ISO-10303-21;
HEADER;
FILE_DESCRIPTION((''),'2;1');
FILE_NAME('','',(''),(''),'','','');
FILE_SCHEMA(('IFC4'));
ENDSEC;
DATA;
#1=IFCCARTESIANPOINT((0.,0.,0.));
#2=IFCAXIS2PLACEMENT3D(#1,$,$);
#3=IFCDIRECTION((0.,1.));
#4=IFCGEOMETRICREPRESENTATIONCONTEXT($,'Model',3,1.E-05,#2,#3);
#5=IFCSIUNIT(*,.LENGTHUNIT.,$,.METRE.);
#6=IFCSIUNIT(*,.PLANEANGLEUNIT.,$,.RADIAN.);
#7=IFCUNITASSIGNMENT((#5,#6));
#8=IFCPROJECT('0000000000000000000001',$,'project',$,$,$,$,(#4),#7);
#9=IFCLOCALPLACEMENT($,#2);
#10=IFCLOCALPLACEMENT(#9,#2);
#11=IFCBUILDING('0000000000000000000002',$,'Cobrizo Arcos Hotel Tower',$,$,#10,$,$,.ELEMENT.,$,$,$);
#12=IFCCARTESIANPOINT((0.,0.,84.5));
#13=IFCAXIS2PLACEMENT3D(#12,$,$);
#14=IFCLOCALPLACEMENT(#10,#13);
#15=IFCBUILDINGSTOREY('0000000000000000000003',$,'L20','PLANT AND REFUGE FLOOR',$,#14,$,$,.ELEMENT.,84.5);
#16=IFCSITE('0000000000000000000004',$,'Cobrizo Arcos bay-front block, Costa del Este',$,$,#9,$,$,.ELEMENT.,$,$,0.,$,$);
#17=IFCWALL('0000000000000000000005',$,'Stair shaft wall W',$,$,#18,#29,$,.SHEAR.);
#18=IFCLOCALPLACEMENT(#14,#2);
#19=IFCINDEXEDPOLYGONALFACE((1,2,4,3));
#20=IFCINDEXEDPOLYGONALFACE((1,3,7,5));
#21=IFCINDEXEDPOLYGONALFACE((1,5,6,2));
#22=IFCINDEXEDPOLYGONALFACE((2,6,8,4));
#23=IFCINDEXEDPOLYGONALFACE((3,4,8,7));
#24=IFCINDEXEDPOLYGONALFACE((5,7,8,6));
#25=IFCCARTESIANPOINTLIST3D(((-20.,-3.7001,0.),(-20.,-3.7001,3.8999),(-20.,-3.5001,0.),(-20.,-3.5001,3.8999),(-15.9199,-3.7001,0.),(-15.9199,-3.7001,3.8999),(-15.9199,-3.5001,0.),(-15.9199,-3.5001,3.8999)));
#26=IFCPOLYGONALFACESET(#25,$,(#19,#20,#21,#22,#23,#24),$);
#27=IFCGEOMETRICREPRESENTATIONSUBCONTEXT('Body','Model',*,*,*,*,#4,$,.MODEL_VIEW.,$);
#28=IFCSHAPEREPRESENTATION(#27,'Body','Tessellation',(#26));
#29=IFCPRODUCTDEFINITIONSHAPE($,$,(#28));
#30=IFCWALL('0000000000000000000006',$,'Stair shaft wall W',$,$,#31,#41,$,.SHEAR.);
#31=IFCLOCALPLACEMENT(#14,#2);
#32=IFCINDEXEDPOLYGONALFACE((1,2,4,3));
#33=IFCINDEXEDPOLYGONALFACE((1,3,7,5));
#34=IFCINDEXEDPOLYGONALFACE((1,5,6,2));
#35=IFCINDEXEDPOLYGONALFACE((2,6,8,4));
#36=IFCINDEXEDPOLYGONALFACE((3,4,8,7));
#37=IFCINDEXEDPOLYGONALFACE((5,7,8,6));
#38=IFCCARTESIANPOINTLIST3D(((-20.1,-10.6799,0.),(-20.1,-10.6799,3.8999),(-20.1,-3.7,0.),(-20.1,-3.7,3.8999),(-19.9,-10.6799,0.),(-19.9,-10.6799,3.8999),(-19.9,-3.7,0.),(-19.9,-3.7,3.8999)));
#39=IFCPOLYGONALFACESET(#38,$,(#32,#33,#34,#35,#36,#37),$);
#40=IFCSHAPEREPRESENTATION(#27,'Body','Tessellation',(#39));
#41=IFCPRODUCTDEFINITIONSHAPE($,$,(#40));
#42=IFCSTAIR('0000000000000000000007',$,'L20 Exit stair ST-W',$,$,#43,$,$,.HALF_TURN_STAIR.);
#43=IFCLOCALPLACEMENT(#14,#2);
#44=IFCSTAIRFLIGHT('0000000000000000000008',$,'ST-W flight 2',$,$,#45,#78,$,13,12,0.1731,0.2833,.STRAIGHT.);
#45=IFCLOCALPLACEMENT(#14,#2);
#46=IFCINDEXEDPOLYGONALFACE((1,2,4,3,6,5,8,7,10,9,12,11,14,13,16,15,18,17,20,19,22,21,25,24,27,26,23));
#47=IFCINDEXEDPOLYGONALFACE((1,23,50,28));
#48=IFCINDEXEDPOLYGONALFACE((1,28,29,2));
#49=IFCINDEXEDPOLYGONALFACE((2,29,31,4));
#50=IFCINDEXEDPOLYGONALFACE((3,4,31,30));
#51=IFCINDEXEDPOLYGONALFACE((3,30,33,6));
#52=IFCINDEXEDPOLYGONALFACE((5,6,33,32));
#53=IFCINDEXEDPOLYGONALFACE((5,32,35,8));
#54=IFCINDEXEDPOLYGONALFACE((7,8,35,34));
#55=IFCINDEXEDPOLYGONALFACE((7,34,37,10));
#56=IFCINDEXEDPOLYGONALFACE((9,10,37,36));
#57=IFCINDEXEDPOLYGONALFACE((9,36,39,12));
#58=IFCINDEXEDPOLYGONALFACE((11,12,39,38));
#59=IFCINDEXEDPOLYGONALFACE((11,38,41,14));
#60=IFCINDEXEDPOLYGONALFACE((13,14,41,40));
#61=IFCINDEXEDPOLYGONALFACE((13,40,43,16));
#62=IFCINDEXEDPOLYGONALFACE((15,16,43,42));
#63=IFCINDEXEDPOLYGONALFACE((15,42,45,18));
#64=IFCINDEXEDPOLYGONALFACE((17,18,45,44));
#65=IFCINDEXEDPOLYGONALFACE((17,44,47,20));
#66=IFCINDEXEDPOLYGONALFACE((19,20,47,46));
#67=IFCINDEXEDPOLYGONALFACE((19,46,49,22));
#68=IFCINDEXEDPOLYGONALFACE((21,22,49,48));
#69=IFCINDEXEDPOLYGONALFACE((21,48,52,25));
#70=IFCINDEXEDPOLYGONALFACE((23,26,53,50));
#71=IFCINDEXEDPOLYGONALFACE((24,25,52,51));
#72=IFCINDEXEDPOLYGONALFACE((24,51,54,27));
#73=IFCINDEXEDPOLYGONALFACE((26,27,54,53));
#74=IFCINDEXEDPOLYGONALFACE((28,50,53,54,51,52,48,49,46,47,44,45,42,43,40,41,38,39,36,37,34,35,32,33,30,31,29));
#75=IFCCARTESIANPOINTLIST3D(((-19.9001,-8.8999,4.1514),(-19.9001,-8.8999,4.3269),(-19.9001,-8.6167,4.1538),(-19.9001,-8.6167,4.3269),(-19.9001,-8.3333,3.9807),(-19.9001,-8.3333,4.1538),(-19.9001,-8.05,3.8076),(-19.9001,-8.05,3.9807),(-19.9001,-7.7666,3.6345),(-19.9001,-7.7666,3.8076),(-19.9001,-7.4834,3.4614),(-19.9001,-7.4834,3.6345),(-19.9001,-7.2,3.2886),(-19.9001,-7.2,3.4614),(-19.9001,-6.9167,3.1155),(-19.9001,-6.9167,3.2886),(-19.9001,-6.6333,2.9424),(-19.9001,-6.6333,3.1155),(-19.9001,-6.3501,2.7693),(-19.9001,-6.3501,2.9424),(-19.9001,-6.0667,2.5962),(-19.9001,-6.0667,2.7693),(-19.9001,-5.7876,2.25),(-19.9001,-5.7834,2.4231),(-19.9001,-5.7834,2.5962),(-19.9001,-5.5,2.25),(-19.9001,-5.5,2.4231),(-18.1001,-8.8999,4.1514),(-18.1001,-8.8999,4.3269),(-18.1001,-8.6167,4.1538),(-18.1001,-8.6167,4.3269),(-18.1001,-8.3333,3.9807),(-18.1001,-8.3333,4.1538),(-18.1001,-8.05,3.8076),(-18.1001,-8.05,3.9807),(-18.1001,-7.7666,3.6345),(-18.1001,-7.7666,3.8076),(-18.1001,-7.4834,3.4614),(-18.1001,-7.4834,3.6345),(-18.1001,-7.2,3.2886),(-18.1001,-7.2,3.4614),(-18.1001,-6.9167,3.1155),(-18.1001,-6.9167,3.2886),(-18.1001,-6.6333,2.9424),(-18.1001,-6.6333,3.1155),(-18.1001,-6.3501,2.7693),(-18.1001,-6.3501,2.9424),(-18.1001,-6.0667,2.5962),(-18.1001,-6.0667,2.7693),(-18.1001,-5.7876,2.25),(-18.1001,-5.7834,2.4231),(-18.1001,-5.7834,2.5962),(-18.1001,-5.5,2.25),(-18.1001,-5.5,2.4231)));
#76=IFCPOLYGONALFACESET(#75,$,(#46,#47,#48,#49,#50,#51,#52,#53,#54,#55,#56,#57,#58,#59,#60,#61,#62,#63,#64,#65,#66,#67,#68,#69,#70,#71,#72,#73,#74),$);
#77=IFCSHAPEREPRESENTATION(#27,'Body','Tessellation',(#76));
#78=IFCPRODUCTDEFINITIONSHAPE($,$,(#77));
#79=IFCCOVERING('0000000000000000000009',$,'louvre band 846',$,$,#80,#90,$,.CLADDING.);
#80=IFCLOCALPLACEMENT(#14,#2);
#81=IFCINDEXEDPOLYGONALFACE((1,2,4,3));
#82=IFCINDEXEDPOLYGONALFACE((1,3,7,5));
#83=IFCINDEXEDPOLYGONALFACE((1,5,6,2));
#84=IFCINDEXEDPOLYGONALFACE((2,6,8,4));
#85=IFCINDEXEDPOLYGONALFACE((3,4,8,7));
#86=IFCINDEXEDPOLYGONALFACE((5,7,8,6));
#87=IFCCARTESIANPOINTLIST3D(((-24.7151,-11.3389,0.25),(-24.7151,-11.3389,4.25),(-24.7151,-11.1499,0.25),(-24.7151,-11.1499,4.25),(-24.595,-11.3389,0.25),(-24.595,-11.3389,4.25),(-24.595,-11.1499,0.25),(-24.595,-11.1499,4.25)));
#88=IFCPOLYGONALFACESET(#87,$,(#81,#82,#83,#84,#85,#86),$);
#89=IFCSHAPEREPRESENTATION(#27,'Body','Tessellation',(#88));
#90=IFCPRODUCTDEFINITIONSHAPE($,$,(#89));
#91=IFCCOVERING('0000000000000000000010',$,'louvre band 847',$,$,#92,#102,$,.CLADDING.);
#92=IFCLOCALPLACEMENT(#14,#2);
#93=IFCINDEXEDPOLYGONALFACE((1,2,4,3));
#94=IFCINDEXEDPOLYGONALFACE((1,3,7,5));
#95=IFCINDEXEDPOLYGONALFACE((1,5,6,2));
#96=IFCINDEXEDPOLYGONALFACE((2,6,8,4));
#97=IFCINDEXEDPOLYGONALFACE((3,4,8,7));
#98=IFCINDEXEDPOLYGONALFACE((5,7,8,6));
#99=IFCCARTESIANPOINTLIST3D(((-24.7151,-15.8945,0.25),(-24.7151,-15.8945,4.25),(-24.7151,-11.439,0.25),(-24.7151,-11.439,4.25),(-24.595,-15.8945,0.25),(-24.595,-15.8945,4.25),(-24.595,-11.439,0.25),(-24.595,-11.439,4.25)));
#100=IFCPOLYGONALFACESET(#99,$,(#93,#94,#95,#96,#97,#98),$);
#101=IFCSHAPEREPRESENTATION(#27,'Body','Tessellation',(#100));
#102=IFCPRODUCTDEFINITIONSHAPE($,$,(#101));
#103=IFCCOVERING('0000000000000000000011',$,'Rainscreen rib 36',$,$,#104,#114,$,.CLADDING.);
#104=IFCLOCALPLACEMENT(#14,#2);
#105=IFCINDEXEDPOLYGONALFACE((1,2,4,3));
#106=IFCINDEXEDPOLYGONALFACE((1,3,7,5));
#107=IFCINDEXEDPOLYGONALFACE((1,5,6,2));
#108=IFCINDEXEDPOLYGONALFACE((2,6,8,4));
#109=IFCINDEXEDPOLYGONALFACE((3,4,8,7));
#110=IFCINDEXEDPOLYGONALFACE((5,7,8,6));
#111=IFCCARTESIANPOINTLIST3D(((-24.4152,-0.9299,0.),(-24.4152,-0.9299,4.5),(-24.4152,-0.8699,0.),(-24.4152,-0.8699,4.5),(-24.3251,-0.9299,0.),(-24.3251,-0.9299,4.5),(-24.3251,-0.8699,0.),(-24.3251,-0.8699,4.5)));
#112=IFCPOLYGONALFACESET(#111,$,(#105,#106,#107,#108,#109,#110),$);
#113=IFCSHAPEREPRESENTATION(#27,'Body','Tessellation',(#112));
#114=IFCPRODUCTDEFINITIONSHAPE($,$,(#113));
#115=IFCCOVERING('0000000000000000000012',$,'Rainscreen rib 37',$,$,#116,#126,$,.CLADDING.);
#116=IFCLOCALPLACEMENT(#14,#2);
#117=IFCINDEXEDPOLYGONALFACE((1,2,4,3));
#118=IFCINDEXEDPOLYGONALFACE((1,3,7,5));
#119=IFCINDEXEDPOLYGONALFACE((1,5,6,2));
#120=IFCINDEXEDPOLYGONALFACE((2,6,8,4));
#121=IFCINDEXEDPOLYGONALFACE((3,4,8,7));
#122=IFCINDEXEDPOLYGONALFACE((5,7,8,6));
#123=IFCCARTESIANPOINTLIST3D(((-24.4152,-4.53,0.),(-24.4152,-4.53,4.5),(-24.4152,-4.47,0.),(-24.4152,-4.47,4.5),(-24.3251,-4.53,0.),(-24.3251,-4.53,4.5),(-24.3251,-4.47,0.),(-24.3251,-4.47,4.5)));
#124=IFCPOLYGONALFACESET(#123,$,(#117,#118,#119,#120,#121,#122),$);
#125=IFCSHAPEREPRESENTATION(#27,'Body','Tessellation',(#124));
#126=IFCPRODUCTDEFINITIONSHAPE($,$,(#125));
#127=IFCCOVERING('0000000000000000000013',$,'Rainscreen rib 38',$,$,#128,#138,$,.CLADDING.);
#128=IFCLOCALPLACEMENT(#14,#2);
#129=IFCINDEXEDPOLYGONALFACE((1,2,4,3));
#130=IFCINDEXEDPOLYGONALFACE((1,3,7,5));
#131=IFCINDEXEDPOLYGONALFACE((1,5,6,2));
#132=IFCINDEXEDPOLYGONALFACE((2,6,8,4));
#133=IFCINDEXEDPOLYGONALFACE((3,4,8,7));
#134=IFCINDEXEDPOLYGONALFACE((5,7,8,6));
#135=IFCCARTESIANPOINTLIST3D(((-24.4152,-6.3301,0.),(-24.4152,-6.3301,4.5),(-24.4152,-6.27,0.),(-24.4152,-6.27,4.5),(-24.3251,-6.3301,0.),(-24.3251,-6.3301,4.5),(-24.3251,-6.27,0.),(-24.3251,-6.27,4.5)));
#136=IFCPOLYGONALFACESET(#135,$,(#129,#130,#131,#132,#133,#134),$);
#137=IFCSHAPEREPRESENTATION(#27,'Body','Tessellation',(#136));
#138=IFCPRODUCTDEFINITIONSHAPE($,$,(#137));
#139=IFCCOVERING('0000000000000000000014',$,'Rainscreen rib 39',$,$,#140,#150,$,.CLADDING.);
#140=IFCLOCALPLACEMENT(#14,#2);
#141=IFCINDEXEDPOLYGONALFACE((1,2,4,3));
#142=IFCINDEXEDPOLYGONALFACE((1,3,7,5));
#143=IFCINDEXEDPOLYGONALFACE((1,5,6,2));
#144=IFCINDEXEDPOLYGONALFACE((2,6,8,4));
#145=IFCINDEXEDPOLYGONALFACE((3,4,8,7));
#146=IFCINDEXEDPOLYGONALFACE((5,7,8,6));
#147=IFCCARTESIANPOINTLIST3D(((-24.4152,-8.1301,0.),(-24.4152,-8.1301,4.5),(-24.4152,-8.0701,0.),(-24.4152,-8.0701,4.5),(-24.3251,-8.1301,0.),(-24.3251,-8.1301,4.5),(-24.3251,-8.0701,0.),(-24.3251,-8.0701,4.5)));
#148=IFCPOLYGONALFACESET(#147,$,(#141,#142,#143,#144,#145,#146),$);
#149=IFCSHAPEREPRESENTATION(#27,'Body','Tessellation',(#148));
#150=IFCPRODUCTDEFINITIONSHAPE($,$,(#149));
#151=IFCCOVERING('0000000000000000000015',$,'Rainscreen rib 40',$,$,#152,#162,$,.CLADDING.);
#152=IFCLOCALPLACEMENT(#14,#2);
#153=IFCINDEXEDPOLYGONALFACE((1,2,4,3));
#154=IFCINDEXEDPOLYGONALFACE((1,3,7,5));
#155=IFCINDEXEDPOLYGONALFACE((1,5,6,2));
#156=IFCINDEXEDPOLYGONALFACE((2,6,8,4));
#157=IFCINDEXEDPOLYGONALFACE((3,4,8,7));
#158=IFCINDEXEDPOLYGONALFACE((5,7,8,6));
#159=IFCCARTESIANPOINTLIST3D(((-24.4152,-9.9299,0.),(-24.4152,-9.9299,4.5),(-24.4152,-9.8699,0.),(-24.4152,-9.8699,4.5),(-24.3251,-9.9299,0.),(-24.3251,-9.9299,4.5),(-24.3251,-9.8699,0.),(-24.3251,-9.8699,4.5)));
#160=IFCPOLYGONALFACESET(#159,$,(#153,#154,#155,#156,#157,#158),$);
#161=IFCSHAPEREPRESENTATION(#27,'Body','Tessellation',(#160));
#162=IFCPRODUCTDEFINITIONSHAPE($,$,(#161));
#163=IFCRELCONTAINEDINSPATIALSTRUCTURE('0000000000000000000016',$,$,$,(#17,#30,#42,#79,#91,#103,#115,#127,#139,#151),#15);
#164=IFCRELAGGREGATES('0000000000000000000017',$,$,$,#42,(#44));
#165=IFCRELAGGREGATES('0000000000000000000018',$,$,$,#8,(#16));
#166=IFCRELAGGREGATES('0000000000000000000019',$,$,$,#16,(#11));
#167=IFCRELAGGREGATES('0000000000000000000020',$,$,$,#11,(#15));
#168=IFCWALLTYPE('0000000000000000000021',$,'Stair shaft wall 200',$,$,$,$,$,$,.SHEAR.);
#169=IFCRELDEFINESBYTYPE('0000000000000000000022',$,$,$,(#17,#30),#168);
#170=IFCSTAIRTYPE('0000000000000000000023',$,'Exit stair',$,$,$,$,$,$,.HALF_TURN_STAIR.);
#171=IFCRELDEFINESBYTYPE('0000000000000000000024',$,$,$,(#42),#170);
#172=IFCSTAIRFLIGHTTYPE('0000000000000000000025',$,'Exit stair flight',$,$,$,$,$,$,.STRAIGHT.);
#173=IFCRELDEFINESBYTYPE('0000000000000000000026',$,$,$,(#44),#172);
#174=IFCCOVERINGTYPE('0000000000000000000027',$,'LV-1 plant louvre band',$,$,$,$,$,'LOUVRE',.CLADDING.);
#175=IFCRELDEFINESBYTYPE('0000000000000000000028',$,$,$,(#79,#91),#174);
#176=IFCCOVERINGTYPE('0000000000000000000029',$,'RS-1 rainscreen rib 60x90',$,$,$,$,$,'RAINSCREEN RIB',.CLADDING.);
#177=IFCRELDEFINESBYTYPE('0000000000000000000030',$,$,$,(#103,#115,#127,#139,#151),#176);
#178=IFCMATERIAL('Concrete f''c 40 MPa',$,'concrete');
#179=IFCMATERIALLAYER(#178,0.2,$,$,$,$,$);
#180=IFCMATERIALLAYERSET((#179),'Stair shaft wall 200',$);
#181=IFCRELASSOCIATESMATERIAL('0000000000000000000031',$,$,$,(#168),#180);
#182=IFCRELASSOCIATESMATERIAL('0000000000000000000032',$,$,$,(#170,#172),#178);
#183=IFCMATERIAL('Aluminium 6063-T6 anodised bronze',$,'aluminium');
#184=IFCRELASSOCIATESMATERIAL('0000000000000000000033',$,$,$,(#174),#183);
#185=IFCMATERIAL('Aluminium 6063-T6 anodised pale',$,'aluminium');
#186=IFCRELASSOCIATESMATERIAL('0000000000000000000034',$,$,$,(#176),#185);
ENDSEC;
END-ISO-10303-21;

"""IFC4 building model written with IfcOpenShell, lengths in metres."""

from ifc_helpers import new_model, si_unit, direction, frame, frame_2d, origin, origin_2d, place, context, subcontext, project, spatial, polyline, rectangle, outline, extrude, material, layer, layer_set, type_object, element, aggregate, save


model = new_model("IFC4")

# Units and contexts
model_context = context("Model", 3, precision=1e-05, world=origin(), true_north=direction((0.0, 1.0)))
body_context = subcontext(model_context, "Body", "Model", "MODEL_VIEW")
ifc_project = project(units=[si_unit("LENGTHUNIT", "METRE"), si_unit("PLANEANGLEUNIT", "RADIAN")], contexts=[model_context])

# Site, building, storey
site_placement = place(None, origin())
site = spatial("IfcSite", under=ifc_project, at=site_placement, Name="Cobrizo Arcos bay-front block, Costa del Este", CompositionType="ELEMENT", RefElevation=0.0)
building_placement = place(site_placement, origin())
building = spatial("IfcBuilding", under=site, at=building_placement, Name="Cobrizo Arcos Hotel Tower", CompositionType="ELEMENT")
storey_placement = place(building_placement, frame((0.0, 0.0, 84.5)))
storey = spatial("IfcBuildingStorey", under=building, at=storey_placement, Name="L20", Description="PLANT AND REFUGE FLOOR", CompositionType="ELEMENT", Elevation=84.5)

# Shared definitions
ifc_material_1 = material(Name="Aluminium 6063-T6 anodised bronze", Category="aluminium")

# Walls
ifc_material_2 = material(Name="Concrete f'c 40 MPa", Category="concrete")
ifc_layer_1 = layer(ifc_material_2, 0.2)
ifc_layer_set_1 = layer_set([ifc_layer_1], Name="Stair shaft wall 200")
wall_type_1 = type_object("IfcWallType", Name="Stair shaft wall 200", PredefinedType="SHEAR", material=ifc_layer_set_1)
wall_1_placement = place(storey_placement, frame((-20.0, -3.6001, 0.0), z_axis=(0.0, 0.0, 1.0), x_axis=(1.0, 0.0, 0.0)))
element("IfcWall", 1, at=wall_1_placement, inside=storey, type_object=wall_type_1, Name="Stair shaft wall W", PredefinedType="SHEAR", context=body_context, shape_type="SweptSolid", body=[
    extrude(rectangle(XDim=4.0801, YDim=0.2, at=frame_2d((2.04, 0.0))), origin(), (0.0, 0.0, 1.0), 3.8999),
])
wall_2_placement = place(storey_placement, frame((-20.0, -10.6799, 0.0), z_axis=(0.0, 0.0, 1.0), x_axis=(0.0, 1.0, 0.0)))
element("IfcWall", 2, at=wall_2_placement, inside=storey, type_object=wall_type_1, Name="Stair shaft wall W", PredefinedType="SHEAR", context=body_context, shape_type="SweptSolid", body=[
    extrude(rectangle(XDim=6.98, YDim=0.2, at=frame_2d((3.49, 0.0))), origin(), (0.0, 0.0, 1.0), 3.8999),
])

# Stair, stair flight
stair_type = type_object("IfcStairType", Name="Exit stair", PredefinedType="HALF_TURN_STAIR", material=ifc_material_2)
stair_placement = place(storey_placement, origin())
stair = element("IfcStair", 3, at=stair_placement, inside=storey, type_object=stair_type, Name="L20 Exit stair ST-W", PredefinedType="HALF_TURN_STAIR")
stair_flight_type = type_object("IfcStairFlightType", Name="Exit stair flight", PredefinedType="STRAIGHT", material=ifc_material_2)
stair_flight_placement = place(storey_placement, frame((-19.0, -5.5, 2.25), z_axis=(0.0, 0.0, 1.0), x_axis=(0.0, -1.0, 0.0)))
stair_flight = element("IfcStairFlight", 4, at=stair_flight_placement, type_object=stair_flight_type, Name="ST-W flight 2", NumberOfRisers=13, NumberOfTreads=12, PredefinedType="STRAIGHT", RiserHeight=0.1731, TreadLength=0.2833, context=body_context, shape_type="SweptSolid", body=[
    extrude(outline(polyline([(0.0, 0.0), (0.0, 0.1731), (0.2834, 0.1731), (0.2834, 0.3462), (0.5667, 0.3462), (0.5667, 0.5193), (0.8501, 0.5193), (0.8501, 0.6924), (1.1333, 0.6924), (1.1333, 0.8655), (1.4167, 0.8655), (1.4167, 1.0386), (1.7, 1.0386), (1.7, 1.2114), (1.9834, 1.2114), (1.9834, 1.3845), (2.2666, 1.3845), (2.2666, 1.5576), (2.55, 1.5576), (2.55, 1.7307), (2.8333, 1.7307), (2.8333, 1.9038), (3.1167, 1.9038), (3.1167, 2.0769), (3.3999, 2.0769), (3.3999, 2.25), (3.3999, 1.9014), (0.2876, 0.0), (0.0, 0.0)])), frame((0.0, 0.8999, 0.0), z_axis=(0.0, -1.0, 0.0), x_axis=(1.0, 0.0, 0.0)), (0.0, 0.0, 1.0), 1.8),
])
aggregate(stair, [stair_flight])

# Coverings
covering_type_1 = type_object("IfcCoveringType", Name="LV-1 plant louvre band", ElementType="LOUVRE", PredefinedType="CLADDING", material=ifc_material_1)
covering_1_placement = place(storey_placement, frame((-24.655, -11.2444, 0.25), z_axis=(0.0, 0.0, 1.0), x_axis=(0.0, -1.0, 0.0)))
element("IfcCovering", 5, at=covering_1_placement, inside=storey, type_object=covering_type_1, Name="louvre band 846", PredefinedType="CLADDING", context=body_context, shape_type="SweptSolid", body=[
    extrude(rectangle(XDim=0.189, YDim=0.1201, at=origin_2d()), origin(), (0.0, 0.0, 1.0), 4.0),
])
covering_2_placement = place(storey_placement, frame((-24.655, -13.6667, 0.25), z_axis=(0.0, 0.0, 1.0), x_axis=(0.0, -1.0, 0.0)))
element("IfcCovering", 6, at=covering_2_placement, inside=storey, type_object=covering_type_1, Name="louvre band 847", PredefinedType="CLADDING", context=body_context, shape_type="SweptSolid", body=[
    extrude(rectangle(XDim=4.4556, YDim=0.1201, at=origin_2d()), origin(), (0.0, 0.0, 1.0), 4.0),
])
ifc_material_3 = material(Name="Aluminium 6063-T6 anodised pale", Category="aluminium")
covering_type_2 = type_object("IfcCoveringType", Name="RS-1 rainscreen rib 60x90", ElementType="RAINSCREEN RIB", PredefinedType="CLADDING", material=ifc_material_3)
for number, where, z_axis, x_axis, name in (
    (7, (-24.3701, -0.8999, 0.0), (0.0, 0.0, 1.0), (0.0, -1.0, 0.0), "Rainscreen rib 36"),
    (8, (-24.3701, -4.5, 0.0), (0.0, 0.0, 1.0), (0.0, -1.0, 0.0), "Rainscreen rib 37"),
    (9, (-24.3701, -6.3, 0.0), (0.0, 0.0, 1.0), (0.0, -1.0, 0.0), "Rainscreen rib 38"),
    (10, (-24.3701, -8.1001, 0.0), (0.0, 0.0, 1.0), (0.0, -1.0, 0.0), "Rainscreen rib 39"),
    (11, (-24.3701, -9.8999, 0.0), (0.0, 0.0, 1.0), (0.0, -1.0, 0.0), "Rainscreen rib 40"),
):
    element("IfcCovering", number, at=place(storey_placement, frame(where, z_axis=z_axis, x_axis=x_axis)), inside=storey, type_object=covering_type_2, Name=name, PredefinedType="CLADDING", context=body_context, shape_type="SweptSolid", body=[
        extrude(rectangle(XDim=0.0601, YDim=0.0901, at=origin_2d()), origin(), (0.0, 0.0, 1.0), 4.5),
    ])

save(model, "model.ifc")
